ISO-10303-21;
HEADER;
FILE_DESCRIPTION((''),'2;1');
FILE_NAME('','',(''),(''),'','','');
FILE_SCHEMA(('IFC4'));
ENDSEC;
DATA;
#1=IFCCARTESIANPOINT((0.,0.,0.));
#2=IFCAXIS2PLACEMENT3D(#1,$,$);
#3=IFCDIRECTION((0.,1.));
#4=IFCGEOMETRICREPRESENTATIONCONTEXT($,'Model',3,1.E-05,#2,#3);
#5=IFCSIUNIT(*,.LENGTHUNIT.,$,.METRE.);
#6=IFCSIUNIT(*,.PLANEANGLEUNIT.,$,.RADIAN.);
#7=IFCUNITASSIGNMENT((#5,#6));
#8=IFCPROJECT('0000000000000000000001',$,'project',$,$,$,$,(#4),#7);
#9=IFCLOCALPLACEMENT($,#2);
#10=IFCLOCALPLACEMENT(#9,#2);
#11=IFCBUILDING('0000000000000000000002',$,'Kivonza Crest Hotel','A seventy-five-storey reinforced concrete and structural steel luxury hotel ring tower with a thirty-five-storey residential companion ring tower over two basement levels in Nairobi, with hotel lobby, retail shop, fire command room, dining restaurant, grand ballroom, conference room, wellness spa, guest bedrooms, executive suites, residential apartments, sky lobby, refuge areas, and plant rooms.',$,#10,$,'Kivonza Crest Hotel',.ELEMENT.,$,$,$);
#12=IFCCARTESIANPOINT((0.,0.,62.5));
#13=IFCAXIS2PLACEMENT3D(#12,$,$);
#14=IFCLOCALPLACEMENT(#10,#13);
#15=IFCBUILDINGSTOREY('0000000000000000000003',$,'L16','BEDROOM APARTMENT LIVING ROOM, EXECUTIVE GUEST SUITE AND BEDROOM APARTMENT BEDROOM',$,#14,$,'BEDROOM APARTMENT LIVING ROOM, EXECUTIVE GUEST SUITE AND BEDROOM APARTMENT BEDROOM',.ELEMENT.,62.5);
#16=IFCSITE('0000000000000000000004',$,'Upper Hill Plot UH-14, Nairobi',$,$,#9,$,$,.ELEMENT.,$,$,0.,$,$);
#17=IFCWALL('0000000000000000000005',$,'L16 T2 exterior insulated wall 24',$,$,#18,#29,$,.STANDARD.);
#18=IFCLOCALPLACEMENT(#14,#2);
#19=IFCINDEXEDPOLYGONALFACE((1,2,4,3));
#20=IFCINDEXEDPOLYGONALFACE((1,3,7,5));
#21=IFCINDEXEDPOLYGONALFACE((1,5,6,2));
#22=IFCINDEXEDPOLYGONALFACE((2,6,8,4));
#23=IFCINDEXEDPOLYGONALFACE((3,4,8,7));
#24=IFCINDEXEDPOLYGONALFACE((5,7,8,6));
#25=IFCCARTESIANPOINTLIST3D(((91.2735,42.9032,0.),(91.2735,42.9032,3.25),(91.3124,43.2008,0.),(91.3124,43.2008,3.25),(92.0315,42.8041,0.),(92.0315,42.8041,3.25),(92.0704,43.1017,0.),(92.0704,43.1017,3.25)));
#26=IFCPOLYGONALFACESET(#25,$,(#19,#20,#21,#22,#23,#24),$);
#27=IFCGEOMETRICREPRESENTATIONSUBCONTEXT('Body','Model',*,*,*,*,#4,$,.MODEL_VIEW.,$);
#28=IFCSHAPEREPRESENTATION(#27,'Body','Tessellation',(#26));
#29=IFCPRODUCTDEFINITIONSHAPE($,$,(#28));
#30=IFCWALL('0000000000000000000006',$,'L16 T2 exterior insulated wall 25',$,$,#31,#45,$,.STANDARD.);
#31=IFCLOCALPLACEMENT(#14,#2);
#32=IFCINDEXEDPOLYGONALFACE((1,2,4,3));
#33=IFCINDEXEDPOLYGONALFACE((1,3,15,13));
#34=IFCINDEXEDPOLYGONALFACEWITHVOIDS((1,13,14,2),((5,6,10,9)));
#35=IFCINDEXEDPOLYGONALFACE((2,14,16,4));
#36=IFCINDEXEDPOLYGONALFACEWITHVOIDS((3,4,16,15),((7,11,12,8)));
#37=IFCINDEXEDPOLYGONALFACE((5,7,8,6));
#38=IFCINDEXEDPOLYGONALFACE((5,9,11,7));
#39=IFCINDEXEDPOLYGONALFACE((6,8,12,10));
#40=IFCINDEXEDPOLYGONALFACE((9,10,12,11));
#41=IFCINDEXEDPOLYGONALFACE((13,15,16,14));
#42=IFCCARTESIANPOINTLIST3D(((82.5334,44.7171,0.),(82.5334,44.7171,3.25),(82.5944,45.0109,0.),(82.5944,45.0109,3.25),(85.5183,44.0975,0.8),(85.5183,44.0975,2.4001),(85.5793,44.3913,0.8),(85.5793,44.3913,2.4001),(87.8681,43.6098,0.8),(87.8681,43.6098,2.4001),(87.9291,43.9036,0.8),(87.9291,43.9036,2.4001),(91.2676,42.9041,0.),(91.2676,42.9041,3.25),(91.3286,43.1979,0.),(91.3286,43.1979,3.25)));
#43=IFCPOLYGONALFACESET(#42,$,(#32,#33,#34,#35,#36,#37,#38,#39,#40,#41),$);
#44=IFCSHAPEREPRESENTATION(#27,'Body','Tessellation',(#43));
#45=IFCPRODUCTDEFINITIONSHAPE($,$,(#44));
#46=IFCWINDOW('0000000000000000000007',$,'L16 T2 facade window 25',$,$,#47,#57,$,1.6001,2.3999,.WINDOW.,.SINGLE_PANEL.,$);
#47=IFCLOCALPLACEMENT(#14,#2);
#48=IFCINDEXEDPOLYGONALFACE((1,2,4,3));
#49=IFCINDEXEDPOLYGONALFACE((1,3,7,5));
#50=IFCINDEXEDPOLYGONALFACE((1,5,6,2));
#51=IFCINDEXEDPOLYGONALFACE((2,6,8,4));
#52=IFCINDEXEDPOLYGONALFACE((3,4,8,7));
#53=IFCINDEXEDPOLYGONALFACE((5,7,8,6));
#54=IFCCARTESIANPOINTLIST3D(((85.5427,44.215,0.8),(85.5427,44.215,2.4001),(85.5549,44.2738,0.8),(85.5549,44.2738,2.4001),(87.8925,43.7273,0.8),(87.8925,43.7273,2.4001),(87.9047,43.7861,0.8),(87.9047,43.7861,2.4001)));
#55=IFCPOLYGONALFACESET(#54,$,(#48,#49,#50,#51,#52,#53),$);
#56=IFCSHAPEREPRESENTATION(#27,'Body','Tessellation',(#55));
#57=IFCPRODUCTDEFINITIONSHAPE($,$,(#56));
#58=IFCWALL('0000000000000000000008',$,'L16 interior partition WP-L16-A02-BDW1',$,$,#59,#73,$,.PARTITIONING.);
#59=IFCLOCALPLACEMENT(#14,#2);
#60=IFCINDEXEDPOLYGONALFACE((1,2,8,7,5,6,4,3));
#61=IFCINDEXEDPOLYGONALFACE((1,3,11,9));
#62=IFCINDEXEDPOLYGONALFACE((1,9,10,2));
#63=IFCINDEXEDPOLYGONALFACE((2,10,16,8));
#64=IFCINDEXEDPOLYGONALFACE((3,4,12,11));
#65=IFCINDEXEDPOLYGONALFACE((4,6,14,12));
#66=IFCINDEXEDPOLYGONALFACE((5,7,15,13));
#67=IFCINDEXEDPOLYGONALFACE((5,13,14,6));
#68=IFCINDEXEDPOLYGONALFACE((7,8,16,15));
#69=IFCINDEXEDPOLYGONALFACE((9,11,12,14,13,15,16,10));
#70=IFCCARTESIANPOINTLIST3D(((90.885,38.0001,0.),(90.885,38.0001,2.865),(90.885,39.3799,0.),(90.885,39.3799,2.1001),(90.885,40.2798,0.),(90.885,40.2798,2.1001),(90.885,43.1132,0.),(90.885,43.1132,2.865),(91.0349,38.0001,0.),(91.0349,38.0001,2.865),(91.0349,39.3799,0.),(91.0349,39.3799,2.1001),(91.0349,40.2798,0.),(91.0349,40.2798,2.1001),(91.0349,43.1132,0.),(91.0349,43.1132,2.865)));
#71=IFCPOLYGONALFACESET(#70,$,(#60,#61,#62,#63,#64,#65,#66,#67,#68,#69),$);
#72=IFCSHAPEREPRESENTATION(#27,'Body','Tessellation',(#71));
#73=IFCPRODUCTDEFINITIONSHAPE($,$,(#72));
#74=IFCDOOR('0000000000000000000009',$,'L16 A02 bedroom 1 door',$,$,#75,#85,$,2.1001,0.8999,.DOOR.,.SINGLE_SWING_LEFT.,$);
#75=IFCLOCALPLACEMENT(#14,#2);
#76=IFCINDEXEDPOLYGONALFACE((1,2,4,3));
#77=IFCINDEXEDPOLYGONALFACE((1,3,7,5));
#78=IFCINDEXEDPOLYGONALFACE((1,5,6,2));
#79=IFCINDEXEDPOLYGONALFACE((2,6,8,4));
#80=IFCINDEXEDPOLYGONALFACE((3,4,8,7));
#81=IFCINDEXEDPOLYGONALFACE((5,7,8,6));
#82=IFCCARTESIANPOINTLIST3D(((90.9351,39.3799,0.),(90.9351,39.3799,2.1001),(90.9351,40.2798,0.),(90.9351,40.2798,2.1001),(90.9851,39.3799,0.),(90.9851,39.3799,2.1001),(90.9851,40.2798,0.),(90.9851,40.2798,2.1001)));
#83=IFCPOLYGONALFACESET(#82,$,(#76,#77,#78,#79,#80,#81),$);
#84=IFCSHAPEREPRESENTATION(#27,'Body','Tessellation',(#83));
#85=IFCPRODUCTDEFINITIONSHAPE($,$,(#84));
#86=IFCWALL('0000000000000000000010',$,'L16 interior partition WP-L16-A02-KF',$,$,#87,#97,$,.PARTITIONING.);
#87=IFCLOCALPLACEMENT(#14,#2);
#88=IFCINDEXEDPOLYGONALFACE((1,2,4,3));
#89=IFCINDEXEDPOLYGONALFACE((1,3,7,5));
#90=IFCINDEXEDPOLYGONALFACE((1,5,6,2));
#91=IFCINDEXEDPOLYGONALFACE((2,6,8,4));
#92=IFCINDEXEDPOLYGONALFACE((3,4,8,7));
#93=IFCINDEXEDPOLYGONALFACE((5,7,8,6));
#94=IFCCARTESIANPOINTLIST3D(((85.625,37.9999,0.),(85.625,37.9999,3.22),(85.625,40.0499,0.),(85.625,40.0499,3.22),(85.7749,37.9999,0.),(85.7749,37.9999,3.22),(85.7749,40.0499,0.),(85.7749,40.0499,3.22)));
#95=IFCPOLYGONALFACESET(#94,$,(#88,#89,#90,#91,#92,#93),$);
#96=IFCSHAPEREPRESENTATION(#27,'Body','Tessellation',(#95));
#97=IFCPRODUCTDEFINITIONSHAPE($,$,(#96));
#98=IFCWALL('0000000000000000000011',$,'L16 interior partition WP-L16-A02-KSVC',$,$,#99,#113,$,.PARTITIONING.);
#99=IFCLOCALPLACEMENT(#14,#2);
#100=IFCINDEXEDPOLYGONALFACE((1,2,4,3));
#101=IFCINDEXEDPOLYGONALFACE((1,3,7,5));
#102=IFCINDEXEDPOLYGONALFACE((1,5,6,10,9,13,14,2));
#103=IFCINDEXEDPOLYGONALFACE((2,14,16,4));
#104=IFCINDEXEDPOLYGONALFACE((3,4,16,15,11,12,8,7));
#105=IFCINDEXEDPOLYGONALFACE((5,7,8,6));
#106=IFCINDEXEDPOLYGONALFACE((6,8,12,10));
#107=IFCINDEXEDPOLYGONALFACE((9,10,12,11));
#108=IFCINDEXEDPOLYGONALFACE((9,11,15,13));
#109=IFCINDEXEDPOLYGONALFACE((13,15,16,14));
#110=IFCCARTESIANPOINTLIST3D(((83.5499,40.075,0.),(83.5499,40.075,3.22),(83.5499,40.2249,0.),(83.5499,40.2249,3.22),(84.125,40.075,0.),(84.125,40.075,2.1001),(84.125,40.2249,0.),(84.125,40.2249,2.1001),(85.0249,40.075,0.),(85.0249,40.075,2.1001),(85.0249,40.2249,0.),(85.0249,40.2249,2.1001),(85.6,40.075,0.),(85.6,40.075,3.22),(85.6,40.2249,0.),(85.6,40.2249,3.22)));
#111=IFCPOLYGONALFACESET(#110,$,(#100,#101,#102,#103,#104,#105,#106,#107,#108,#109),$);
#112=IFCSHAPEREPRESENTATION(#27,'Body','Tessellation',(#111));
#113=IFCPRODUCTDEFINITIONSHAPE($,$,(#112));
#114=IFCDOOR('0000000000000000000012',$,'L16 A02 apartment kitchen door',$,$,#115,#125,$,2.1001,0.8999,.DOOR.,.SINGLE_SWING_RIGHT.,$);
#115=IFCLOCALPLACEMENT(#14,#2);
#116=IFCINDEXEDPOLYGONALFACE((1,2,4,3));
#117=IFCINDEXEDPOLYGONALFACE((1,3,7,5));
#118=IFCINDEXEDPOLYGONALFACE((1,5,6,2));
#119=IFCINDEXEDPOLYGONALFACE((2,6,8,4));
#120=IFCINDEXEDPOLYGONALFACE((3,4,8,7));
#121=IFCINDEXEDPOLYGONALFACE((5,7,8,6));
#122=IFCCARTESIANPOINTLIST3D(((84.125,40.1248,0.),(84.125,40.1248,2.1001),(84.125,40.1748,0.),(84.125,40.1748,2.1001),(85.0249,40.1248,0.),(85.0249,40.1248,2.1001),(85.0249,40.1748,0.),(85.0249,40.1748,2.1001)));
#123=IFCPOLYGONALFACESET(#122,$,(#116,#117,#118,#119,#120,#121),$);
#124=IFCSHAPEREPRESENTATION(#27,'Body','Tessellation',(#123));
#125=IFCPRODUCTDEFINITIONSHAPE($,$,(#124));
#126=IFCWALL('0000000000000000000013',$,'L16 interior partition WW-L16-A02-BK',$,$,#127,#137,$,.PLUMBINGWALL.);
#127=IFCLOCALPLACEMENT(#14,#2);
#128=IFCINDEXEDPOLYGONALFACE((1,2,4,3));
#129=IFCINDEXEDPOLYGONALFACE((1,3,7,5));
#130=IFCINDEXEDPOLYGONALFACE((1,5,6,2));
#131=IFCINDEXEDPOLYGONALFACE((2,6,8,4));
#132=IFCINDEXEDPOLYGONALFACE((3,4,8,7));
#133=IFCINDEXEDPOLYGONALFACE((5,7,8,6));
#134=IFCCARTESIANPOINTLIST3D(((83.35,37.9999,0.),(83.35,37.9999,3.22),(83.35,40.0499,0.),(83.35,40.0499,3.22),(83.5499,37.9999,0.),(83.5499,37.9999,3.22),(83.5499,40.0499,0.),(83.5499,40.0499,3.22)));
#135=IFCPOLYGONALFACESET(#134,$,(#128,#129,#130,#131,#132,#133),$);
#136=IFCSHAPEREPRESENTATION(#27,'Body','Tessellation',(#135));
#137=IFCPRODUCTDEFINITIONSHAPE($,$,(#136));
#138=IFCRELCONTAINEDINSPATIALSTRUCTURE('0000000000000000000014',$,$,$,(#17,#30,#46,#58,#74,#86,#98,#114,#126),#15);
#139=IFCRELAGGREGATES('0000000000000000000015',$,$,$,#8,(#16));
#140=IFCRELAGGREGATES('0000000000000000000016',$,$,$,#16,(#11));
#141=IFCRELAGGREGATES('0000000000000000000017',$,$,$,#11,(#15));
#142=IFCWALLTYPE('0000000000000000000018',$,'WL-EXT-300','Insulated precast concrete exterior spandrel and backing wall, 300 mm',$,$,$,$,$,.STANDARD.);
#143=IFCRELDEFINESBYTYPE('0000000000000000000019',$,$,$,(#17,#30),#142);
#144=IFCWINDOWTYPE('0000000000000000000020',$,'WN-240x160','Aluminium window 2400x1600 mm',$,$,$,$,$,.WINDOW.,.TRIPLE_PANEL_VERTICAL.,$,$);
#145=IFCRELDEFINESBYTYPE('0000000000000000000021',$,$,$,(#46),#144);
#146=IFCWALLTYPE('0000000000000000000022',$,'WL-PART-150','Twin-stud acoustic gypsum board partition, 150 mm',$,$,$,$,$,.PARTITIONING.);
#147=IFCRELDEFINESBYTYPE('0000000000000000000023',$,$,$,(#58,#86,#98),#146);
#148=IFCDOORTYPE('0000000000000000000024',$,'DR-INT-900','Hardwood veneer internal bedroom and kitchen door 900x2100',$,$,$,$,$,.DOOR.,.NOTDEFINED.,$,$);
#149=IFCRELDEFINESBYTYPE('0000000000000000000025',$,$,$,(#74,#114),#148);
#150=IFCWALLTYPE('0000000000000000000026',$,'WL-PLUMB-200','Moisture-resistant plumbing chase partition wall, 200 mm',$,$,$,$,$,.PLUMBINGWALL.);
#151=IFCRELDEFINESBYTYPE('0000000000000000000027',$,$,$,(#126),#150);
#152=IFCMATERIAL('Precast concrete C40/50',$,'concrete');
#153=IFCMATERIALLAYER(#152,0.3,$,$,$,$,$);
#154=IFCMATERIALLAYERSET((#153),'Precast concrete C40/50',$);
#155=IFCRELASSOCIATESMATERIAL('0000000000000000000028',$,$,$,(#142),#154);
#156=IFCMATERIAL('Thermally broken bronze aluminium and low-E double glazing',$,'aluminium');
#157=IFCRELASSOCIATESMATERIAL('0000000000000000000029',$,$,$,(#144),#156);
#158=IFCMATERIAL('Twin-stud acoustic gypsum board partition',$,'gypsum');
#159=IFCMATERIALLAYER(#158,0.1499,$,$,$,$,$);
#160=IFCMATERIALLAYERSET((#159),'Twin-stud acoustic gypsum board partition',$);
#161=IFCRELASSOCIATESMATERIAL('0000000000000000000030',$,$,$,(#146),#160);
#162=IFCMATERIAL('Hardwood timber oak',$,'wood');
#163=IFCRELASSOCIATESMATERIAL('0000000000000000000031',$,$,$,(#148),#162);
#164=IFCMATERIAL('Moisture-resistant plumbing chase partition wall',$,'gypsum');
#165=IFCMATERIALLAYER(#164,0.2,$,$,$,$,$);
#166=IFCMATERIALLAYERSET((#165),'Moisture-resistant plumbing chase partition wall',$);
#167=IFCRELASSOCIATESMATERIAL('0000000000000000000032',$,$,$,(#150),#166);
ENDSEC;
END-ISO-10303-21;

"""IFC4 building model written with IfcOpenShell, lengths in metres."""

from ifc_helpers import new_model, si_unit, direction, frame, frame_2d, origin, place, context, subcontext, project, spatial, rectangle, extrude, material, layer, layer_set, type_object, element, fill, save


model = new_model("IFC4")

# Units and contexts
model_context = context("Model", 3, precision=1e-05, world=origin(), true_north=direction((0.0, 1.0)))
body_context = subcontext(model_context, "Body", "Model", "MODEL_VIEW")
ifc_project = project(units=[si_unit("LENGTHUNIT", "METRE"), si_unit("PLANEANGLEUNIT", "RADIAN")], contexts=[model_context])

# Site, building, storey
site_placement = place(None, origin())
site = spatial("IfcSite", under=ifc_project, at=site_placement, Name="Upper Hill Plot UH-14, Nairobi", CompositionType="ELEMENT", RefElevation=0.0)
building_placement = place(site_placement, origin())
building = spatial("IfcBuilding", under=site, at=building_placement, Name="Kivonza Crest Hotel", Description="A seventy-five-storey reinforced concrete and structural steel luxury hotel ring tower with a thirty-five-storey residential companion ring tower over two basement levels in Nairobi, with hotel lobby, retail shop, fire command room, dining restaurant, grand ballroom, conference room, wellness spa, guest bedrooms, executive suites, residential apartments, sky lobby, refuge areas, and plant rooms.", LongName="Kivonza Crest Hotel", CompositionType="ELEMENT")
storey_placement = place(building_placement, frame((0.0, 0.0, 62.5)))
storey = spatial("IfcBuildingStorey", under=building, at=storey_placement, Name="L16", Description="BEDROOM APARTMENT LIVING ROOM, EXECUTIVE GUEST SUITE AND BEDROOM APARTMENT BEDROOM", LongName="BEDROOM APARTMENT LIVING ROOM, EXECUTIVE GUEST SUITE AND BEDROOM APARTMENT BEDROOM", CompositionType="ELEMENT", Elevation=62.5)

# Shared definitions
ifc_material_1 = material(Name="Hardwood timber oak", Category="wood")

# Wall
ifc_material_2 = material(Name="Precast concrete C40/50", Category="concrete")
ifc_layer_1 = layer(ifc_material_2, 0.3)
ifc_layer_set_1 = layer_set([ifc_layer_1], Name="Precast concrete C40/50")
wall_type_1 = type_object("IfcWallType", Name="WL-EXT-300", Description="Insulated precast concrete exterior spandrel and backing wall, 300 mm", PredefinedType="STANDARD", material=ifc_layer_set_1)
wall_1_placement = place(storey_placement, frame((92.051, 42.9529, 0.0), z_axis=(0.0, 0.0, 1.0), x_axis=(-0.991559, 0.129653, 0.0)))
element("IfcWall", 1, at=wall_1_placement, inside=storey, type_object=wall_type_1, Name="L16 T2 exterior insulated wall 24", PredefinedType="STANDARD", context=body_context, shape_type="SweptSolid", body=[
    extrude(rectangle(XDim=0.7644, YDim=0.3, at=frame_2d((0.3823, 0.0))), origin(), (0.0, 0.0, 1.0), 3.25),
])

# Wall, opening, window
wall_2_placement = place(storey_placement, frame((91.2981, 43.051, 0.0), z_axis=(0.0, 0.0, 1.0), x_axis=(-0.979128, 0.203243, 0.0)))
wall_2 = element("IfcWall", 2, at=wall_2_placement, inside=storey, type_object=wall_type_1, Name="L16 T2 exterior insulated wall 25", PredefinedType="STANDARD", context=body_context, shape_type="SweptSolid", body=[
    extrude(rectangle(XDim=8.9204, YDim=0.3, at=frame_2d((4.4602, 0.0))), origin(), (0.0, 0.0, 1.0), 3.25),
])
opening_1_placement = place(wall_2_placement, frame((3.4719, 0.0, 0.8)))
opening_1 = element("IfcOpeningElement", 3, at=opening_1_placement, cuts=wall_2, PredefinedType="OPENING", context=body_context, shape_type="SweptSolid", body=[
    extrude(rectangle(XDim=2.3999, YDim=1.6001, at=frame_2d((1.2, 0.8))), frame((0.0, 0.1602, 0.0), z_axis=(0.0, -1.0, 0.0), x_axis=(1.0, 0.0, 0.0)), (0.0, 0.0, 1.0), 0.3201),
])
ifc_material_3 = material(Name="Thermally broken bronze aluminium and low-E double glazing", Category="aluminium")
window_type = type_object("IfcWindowType", Name="WN-240x160", Description="Aluminium window 2400x1600 mm", PartitioningType="TRIPLE_PANEL_VERTICAL", PredefinedType="WINDOW", material=ifc_material_3)
window_placement = place(opening_1_placement, origin())
window = element("IfcWindow", 4, at=window_placement, inside=storey, type_object=window_type, Name="L16 T2 facade window 25", OverallHeight=1.6001, OverallWidth=2.3999, PartitioningType="SINGLE_PANEL", PredefinedType="WINDOW", context=body_context, shape_type="SweptSolid", body=[
    extrude(rectangle(XDim=2.3999, YDim=1.6001, at=frame_2d((1.2, 0.8))), frame((0.0, 0.03, 0.0), z_axis=(0.0, -1.0, 0.0), x_axis=(1.0, 0.0, 0.0)), (0.0, 0.0, 1.0), 0.0601),
])
fill(opening_1, window)

# Wall, opening, door
ifc_material_4 = material(Name="Twin-stud acoustic gypsum board partition", Category="gypsum")
ifc_layer_2 = layer(ifc_material_4, 0.1499)
ifc_layer_set_2 = layer_set([ifc_layer_2], Name="Twin-stud acoustic gypsum board partition")
wall_type_2 = type_object("IfcWallType", Name="WL-PART-150", Description="Twin-stud acoustic gypsum board partition, 150 mm", PredefinedType="PARTITIONING", material=ifc_layer_set_2)
wall_3_placement = place(storey_placement, frame((90.96, 38.0, 0.0), z_axis=(0.0, 0.0, 1.0), x_axis=(0.0, 1.0, 0.0)))
wall_3 = element("IfcWall", 5, at=wall_3_placement, inside=storey, type_object=wall_type_2, Name="L16 interior partition WP-L16-A02-BDW1", PredefinedType="PARTITIONING", context=body_context, shape_type="SweptSolid", body=[
    extrude(rectangle(XDim=5.113, YDim=0.1499, at=frame_2d((2.5566, 0.0))), origin(), (0.0, 0.0, 1.0), 2.865),
])
opening_2_placement = place(wall_3_placement, frame((1.3799, 0.0, 0.0)))
opening_2 = element("IfcOpeningElement", 6, at=opening_2_placement, cuts=wall_3, PredefinedType="OPENING", context=body_context, shape_type="SweptSolid", body=[
    extrude(rectangle(XDim=0.8999, YDim=2.1001, at=frame_2d((0.45, 1.05))), frame((0.0, 0.085, 0.0), z_axis=(0.0, -1.0, 0.0), x_axis=(1.0, 0.0, 0.0)), (0.0, 0.0, 1.0), 0.1699),
])
door_type_1 = type_object("IfcDoorType", Name="DR-INT-900", Description="Hardwood veneer internal bedroom and kitchen door 900x2100", OperationType="NOTDEFINED", PredefinedType="DOOR", material=ifc_material_1)
door_1_placement = place(opening_2_placement, origin())
door_1 = element("IfcDoor", 7, at=door_1_placement, inside=storey, type_object=door_type_1, Name="L16 A02 bedroom 1 door", OperationType="SINGLE_SWING_LEFT", OverallHeight=2.1001, OverallWidth=0.8999, PredefinedType="DOOR", context=body_context, shape_type="SweptSolid", body=[
    extrude(rectangle(XDim=0.8999, YDim=2.1001, at=frame_2d((0.45, 1.05))), frame((0.0, 0.0249, 0.0), z_axis=(0.0, -1.0, 0.0), x_axis=(1.0, 0.0, 0.0)), (0.0, 0.0, 1.0), 0.05),
])
fill(opening_2, door_1)

# Wall
wall_4_placement = place(storey_placement, frame((85.7, 38.0, 0.0), z_axis=(0.0, 0.0, 1.0), x_axis=(0.0, 1.0, 0.0)))
element("IfcWall", 8, at=wall_4_placement, inside=storey, type_object=wall_type_2, Name="L16 interior partition WP-L16-A02-KF", PredefinedType="PARTITIONING", context=body_context, shape_type="SweptSolid", body=[
    extrude(rectangle(XDim=2.05, YDim=0.1499, at=frame_2d((1.0249, 0.0))), origin(), (0.0, 0.0, 1.0), 3.22),
])

# Wall, opening, door
wall_5_placement = place(storey_placement, frame((83.55, 40.1499, 0.0), z_axis=(0.0, 0.0, 1.0), x_axis=(1.0, 0.0, 0.0)))
wall_5 = element("IfcWall", 9, at=wall_5_placement, inside=storey, type_object=wall_type_2, Name="L16 interior partition WP-L16-A02-KSVC", PredefinedType="PARTITIONING", context=body_context, shape_type="SweptSolid", body=[
    extrude(rectangle(XDim=2.05, YDim=0.1499, at=frame_2d((1.0249, 0.0))), origin(), (0.0, 0.0, 1.0), 3.22),
])
opening_3_placement = place(wall_5_placement, frame((0.575, 0.0, 0.0)))
opening_3 = element("IfcOpeningElement", 10, at=opening_3_placement, cuts=wall_5, PredefinedType="OPENING", context=body_context, shape_type="SweptSolid", body=[
    extrude(rectangle(XDim=0.8999, YDim=2.1001, at=frame_2d((0.45, 1.05))), frame((0.0, 0.085, 0.0), z_axis=(0.0, -1.0, 0.0), x_axis=(1.0, 0.0, 0.0)), (0.0, 0.0, 1.0), 0.1699),
])
door_2_placement = place(opening_3_placement, origin())
door_2 = element("IfcDoor", 11, at=door_2_placement, inside=storey, type_object=door_type_1, Name="L16 A02 apartment kitchen door", OperationType="SINGLE_SWING_RIGHT", OverallHeight=2.1001, OverallWidth=0.8999, PredefinedType="DOOR", context=body_context, shape_type="SweptSolid", body=[
    extrude(rectangle(XDim=0.8999, YDim=2.1001, at=frame_2d((0.45, 1.05))), frame((0.0, 0.0249, 0.0), z_axis=(0.0, -1.0, 0.0), x_axis=(1.0, 0.0, 0.0)), (0.0, 0.0, 1.0), 0.05),
])
fill(opening_3, door_2)

# Wall
ifc_material_5 = material(Name="Moisture-resistant plumbing chase partition wall", Category="gypsum")
ifc_layer_3 = layer(ifc_material_5, 0.2)
ifc_layer_set_3 = layer_set([ifc_layer_3], Name="Moisture-resistant plumbing chase partition wall")
wall_type_3 = type_object("IfcWallType", Name="WL-PLUMB-200", Description="Moisture-resistant plumbing chase partition wall, 200 mm", PredefinedType="PLUMBINGWALL", material=ifc_layer_set_3)
wall_6_placement = place(storey_placement, frame((83.45, 38.0, 0.0), z_axis=(0.0, 0.0, 1.0), x_axis=(0.0, 1.0, 0.0)))
element("IfcWall", 12, at=wall_6_placement, inside=storey, type_object=wall_type_3, Name="L16 interior partition WW-L16-A02-BK", PredefinedType="PLUMBINGWALL", context=body_context, shape_type="SweptSolid", body=[
    extrude(rectangle(XDim=2.05, YDim=0.2, at=frame_2d((1.0249, 0.0))), origin(), (0.0, 0.0, 1.0), 3.22),
])

save(model, "model.ifc")
